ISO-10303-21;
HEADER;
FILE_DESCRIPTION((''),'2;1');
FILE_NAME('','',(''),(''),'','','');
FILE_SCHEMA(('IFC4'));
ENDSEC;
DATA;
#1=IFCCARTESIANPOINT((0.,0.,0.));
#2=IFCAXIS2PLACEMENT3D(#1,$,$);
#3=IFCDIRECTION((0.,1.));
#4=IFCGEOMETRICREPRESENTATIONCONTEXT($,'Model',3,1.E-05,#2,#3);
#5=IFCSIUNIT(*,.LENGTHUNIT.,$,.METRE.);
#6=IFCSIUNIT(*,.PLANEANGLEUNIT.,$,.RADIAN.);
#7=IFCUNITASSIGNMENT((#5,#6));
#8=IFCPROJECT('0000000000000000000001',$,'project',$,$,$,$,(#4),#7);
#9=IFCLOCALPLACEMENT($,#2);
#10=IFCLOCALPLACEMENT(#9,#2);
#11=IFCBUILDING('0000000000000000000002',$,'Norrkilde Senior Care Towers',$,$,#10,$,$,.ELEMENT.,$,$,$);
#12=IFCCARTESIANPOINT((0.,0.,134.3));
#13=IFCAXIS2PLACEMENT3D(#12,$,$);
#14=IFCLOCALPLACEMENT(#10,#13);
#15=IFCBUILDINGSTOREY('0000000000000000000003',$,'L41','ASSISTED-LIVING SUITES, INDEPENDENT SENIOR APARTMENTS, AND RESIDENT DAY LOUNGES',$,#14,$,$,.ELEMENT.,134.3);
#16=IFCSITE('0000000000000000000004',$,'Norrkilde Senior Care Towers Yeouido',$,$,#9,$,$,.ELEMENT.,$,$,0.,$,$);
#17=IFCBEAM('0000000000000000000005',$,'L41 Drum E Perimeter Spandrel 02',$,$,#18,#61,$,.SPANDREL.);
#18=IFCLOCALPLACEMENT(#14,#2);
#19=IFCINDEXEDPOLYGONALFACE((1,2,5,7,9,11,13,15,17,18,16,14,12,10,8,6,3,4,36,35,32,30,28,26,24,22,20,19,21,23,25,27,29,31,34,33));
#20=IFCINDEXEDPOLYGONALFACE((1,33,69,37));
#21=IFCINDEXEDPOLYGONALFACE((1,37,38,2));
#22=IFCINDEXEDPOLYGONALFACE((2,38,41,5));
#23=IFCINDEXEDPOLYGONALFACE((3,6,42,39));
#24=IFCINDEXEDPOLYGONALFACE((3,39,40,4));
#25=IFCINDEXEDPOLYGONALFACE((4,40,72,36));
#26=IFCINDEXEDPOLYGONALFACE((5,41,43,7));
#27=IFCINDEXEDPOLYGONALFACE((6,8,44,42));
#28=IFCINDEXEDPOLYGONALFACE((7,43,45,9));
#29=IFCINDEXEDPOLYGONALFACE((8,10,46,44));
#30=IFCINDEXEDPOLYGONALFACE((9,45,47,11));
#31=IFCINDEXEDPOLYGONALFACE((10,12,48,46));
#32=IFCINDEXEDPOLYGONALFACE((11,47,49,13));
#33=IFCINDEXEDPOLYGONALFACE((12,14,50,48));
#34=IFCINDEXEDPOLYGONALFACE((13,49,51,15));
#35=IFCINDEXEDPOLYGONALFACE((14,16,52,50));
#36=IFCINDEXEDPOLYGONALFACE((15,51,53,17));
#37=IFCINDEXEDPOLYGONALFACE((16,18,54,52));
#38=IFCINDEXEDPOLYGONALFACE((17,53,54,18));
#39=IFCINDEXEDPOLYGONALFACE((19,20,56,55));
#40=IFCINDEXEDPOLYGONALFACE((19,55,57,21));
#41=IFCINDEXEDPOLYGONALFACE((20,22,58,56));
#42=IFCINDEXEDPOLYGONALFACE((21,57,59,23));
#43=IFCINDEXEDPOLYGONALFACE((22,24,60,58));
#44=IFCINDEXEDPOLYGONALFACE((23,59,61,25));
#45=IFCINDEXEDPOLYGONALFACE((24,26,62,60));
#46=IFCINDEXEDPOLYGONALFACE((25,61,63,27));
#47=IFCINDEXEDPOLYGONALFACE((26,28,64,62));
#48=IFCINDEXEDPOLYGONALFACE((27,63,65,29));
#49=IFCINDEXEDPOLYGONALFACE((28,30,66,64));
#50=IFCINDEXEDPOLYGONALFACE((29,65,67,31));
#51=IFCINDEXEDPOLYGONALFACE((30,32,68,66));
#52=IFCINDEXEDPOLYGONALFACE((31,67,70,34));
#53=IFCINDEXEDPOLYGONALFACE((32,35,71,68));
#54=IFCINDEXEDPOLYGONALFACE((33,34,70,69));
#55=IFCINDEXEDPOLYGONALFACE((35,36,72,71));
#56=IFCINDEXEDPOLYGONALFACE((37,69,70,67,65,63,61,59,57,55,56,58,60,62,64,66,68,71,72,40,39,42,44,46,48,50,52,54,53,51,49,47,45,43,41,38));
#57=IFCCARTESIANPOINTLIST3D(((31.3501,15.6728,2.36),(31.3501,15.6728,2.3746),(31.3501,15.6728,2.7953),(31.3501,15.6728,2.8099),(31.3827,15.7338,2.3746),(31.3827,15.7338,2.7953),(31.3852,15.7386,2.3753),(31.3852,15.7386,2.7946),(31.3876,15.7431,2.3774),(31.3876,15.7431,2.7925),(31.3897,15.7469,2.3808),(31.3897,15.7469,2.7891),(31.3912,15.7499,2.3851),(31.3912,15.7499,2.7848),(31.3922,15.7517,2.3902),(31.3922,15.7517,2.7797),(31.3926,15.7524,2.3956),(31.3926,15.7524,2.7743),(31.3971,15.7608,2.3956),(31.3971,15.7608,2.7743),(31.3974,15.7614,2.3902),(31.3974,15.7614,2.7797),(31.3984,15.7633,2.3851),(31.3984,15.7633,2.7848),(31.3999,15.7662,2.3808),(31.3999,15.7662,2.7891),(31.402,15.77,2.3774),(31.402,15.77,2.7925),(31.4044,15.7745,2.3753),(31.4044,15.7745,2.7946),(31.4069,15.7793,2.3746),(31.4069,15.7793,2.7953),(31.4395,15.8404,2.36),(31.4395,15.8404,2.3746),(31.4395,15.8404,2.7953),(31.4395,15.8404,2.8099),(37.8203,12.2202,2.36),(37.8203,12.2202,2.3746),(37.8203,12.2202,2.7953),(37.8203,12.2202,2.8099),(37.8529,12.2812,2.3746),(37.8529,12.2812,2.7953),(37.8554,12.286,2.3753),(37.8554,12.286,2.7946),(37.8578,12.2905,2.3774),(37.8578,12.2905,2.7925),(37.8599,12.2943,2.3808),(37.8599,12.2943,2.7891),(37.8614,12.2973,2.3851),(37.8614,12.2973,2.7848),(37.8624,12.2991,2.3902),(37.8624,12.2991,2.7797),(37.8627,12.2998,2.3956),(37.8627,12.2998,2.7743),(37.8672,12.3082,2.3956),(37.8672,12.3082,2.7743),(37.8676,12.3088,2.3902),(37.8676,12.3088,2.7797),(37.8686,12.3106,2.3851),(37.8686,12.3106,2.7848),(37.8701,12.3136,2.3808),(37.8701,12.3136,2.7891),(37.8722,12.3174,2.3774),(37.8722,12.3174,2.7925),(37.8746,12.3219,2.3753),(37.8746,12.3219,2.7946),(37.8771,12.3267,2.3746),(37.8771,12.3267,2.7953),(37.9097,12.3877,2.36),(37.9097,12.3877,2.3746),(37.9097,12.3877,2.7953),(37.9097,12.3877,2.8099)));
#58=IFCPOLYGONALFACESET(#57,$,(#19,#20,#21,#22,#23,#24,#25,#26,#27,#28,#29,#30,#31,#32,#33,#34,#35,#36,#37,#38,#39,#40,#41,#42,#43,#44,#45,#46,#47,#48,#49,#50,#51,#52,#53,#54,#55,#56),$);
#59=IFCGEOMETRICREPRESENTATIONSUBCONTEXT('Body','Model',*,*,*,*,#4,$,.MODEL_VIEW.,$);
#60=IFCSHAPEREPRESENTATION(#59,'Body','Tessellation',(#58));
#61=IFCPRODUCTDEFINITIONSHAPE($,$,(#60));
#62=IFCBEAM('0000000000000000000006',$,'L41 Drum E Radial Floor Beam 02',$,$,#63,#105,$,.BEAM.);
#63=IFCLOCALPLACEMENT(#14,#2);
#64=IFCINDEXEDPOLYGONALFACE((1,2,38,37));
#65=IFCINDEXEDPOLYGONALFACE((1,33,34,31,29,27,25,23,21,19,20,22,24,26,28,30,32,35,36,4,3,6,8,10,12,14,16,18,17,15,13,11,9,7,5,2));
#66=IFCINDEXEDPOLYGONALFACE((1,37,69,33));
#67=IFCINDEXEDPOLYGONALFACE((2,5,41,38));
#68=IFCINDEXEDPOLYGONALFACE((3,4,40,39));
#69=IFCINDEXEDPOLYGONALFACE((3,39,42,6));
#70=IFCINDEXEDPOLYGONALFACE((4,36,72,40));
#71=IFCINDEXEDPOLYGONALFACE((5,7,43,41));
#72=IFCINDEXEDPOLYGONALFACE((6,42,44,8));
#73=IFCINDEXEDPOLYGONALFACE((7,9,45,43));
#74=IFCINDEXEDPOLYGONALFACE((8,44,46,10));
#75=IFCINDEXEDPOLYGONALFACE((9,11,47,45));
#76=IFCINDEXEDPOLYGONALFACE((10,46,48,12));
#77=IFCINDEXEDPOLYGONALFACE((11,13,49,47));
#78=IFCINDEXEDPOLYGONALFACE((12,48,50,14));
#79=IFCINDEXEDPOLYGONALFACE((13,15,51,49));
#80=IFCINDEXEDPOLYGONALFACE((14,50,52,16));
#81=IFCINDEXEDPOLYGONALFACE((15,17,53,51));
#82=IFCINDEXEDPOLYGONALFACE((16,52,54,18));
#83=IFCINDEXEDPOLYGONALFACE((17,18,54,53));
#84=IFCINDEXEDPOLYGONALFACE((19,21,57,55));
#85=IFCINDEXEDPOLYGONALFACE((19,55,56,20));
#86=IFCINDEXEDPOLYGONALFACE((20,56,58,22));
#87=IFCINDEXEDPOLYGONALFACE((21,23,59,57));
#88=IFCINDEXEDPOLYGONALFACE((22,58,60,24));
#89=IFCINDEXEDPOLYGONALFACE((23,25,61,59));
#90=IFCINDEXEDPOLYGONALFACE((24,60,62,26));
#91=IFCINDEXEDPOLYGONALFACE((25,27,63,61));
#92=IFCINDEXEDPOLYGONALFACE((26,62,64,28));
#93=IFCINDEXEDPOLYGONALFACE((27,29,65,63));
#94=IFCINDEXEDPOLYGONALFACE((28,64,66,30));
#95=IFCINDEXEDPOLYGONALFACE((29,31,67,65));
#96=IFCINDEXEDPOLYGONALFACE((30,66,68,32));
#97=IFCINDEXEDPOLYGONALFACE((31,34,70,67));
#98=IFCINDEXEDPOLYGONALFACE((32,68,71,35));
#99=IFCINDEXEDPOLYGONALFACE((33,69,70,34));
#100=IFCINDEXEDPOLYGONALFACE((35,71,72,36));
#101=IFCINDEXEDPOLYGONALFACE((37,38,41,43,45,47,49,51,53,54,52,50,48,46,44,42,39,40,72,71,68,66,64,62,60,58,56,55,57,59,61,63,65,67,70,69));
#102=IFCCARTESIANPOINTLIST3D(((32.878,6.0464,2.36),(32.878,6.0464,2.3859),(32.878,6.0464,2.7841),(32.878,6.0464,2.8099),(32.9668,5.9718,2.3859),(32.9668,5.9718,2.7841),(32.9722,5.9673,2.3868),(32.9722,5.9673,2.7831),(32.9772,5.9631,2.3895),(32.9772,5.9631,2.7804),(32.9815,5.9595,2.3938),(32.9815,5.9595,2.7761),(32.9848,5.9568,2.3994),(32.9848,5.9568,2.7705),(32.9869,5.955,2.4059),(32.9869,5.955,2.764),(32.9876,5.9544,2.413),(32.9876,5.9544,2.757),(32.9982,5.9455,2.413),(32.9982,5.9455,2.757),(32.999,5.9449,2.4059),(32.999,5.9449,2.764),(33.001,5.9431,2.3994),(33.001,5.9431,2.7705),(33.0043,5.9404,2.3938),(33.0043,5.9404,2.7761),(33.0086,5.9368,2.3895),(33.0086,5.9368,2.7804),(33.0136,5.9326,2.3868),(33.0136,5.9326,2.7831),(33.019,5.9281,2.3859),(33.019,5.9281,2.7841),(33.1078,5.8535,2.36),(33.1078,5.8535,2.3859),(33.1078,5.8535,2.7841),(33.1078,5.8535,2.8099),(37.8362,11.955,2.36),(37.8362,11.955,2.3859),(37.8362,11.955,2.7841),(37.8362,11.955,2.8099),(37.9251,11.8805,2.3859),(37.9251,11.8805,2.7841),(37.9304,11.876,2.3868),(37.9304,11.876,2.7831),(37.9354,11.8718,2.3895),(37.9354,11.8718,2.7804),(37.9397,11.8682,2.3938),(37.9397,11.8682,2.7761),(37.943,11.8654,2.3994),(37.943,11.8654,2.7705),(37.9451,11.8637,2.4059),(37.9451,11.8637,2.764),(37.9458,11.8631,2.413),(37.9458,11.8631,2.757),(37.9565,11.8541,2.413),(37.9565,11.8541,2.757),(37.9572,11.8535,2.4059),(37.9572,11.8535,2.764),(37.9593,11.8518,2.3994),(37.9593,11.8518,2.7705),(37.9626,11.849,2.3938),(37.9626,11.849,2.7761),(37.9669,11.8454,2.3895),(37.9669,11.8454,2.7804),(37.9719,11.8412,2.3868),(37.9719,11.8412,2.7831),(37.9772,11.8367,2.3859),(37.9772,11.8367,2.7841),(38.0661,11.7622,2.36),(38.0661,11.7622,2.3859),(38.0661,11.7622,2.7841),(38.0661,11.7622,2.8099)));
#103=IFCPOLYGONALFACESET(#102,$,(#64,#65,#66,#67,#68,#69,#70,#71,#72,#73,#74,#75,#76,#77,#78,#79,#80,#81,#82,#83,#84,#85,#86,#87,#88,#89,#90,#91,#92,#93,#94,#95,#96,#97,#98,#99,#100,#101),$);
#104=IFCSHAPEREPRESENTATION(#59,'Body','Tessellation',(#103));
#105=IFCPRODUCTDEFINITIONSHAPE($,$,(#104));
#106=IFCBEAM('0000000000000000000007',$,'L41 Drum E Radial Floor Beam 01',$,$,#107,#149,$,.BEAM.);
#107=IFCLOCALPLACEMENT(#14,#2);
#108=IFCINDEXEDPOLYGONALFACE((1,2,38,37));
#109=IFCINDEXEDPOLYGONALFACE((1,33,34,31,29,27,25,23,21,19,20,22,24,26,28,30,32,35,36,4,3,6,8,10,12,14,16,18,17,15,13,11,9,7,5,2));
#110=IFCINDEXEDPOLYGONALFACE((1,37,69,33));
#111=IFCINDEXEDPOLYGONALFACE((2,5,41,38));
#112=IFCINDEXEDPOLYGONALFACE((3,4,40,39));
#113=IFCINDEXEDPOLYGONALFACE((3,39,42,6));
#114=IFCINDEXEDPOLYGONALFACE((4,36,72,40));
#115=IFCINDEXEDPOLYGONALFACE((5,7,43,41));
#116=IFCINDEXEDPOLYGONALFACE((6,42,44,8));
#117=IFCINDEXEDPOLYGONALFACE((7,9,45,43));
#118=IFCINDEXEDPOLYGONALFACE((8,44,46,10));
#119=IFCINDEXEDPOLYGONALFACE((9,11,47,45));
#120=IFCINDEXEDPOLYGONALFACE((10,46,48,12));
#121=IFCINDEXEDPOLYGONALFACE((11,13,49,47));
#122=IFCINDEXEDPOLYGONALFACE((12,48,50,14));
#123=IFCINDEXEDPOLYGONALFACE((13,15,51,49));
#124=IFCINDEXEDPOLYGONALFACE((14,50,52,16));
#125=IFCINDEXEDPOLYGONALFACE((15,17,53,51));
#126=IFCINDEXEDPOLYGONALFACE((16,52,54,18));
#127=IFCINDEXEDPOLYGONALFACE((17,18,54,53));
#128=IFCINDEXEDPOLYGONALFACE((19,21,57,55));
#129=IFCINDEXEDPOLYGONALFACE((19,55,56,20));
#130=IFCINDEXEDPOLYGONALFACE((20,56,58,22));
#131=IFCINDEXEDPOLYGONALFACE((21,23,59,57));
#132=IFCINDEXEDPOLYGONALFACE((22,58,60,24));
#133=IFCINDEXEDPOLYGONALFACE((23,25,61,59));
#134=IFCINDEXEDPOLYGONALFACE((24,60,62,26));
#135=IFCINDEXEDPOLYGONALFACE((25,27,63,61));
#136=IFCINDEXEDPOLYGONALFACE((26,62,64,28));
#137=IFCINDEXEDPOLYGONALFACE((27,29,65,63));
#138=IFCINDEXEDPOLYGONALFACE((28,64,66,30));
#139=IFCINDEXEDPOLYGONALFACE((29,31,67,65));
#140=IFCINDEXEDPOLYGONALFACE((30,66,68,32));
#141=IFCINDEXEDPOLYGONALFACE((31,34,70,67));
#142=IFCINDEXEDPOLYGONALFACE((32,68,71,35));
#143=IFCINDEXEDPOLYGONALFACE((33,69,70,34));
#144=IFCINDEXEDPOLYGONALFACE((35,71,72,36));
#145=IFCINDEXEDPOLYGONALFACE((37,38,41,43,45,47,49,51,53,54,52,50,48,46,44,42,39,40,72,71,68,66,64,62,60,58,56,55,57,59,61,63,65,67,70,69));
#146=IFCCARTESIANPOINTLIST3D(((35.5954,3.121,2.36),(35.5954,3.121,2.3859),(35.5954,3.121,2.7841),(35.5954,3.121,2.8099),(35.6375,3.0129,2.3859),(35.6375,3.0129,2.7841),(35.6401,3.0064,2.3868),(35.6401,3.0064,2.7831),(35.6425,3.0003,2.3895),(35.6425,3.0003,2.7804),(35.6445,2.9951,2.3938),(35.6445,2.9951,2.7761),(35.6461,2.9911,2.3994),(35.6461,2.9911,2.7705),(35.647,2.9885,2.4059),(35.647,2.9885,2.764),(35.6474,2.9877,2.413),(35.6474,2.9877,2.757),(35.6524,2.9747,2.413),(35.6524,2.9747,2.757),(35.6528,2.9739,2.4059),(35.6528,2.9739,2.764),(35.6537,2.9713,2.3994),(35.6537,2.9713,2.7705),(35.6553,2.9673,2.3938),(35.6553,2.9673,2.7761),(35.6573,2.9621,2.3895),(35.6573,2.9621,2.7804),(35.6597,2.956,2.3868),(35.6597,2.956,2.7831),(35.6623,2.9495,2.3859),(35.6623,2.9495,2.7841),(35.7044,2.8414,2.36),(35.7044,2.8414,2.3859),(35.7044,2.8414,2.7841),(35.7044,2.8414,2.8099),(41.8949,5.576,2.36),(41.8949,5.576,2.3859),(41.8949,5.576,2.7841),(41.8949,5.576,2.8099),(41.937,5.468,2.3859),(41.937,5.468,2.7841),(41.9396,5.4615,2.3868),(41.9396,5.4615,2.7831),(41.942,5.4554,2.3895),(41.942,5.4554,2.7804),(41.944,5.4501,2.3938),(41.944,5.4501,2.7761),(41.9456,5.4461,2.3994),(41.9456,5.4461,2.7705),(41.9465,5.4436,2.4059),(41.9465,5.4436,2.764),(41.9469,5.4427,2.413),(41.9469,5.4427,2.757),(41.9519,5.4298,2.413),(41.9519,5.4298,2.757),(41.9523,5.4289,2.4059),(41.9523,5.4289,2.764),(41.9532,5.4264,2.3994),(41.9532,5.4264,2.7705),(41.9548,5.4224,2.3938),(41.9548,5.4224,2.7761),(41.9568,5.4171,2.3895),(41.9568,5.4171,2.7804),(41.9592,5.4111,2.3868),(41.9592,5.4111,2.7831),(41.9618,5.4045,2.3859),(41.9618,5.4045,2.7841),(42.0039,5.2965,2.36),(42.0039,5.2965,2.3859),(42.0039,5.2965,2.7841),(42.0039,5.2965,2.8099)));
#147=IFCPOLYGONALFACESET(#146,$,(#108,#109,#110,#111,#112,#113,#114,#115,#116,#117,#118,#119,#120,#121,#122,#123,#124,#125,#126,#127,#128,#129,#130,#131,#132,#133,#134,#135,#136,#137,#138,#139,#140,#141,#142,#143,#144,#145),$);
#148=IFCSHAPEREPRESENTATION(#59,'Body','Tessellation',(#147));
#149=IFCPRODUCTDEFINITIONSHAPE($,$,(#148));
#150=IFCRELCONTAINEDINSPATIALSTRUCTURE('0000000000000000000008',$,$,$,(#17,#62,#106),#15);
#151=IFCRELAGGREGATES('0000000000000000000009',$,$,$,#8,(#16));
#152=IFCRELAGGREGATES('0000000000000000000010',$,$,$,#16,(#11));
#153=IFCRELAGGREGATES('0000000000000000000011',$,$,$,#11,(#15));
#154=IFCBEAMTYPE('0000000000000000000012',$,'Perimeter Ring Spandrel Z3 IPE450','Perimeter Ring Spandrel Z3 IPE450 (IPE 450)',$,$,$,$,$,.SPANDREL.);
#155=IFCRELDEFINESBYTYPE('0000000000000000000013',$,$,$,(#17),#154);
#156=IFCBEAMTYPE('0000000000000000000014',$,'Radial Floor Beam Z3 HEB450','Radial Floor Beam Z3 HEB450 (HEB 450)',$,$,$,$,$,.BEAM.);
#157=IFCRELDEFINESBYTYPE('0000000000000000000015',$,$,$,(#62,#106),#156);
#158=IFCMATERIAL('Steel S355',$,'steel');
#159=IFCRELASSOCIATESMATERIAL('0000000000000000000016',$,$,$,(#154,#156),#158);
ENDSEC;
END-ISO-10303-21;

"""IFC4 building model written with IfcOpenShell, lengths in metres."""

from ifc_helpers import new_model, si_unit, direction, frame, origin, origin_2d, place, context, subcontext, project, spatial, i_section, extrude, source, transform, mapped, material, material_profile, profile_set, type_object, type_shapes, element, save


model = new_model("IFC4")

# Units and contexts
model_context = context("Model", 3, precision=1e-05, world=origin(), true_north=direction((0.0, 1.0)))
body_context = subcontext(model_context, "Body", "Model", "MODEL_VIEW")
ifc_project = project(units=[si_unit("LENGTHUNIT", "METRE"), si_unit("PLANEANGLEUNIT", "RADIAN")], contexts=[model_context])

# Site, building, storey
site_placement = place(None, origin())
site = spatial("IfcSite", under=ifc_project, at=site_placement, Name="Norrkilde Senior Care Towers Yeouido", CompositionType="ELEMENT", RefElevation=0.0)
building_placement = place(site_placement, origin())
building = spatial("IfcBuilding", under=site, at=building_placement, Name="Norrkilde Senior Care Towers", CompositionType="ELEMENT")
storey_placement = place(building_placement, frame((0.0, 0.0, 134.3)))
storey = spatial("IfcBuildingStorey", under=building, at=storey_placement, Name="L41", Description="ASSISTED-LIVING SUITES, INDEPENDENT SENIOR APARTMENTS, AND RESIDENT DAY LOUNGES", CompositionType="ELEMENT", Elevation=134.3)

# Beams
ifc_material_1 = material(Name="Steel S355", Category="steel")
ifc_material_profile_1 = material_profile(ifc_material_1, i_section(OverallWidth=0.1899, OverallDepth=0.45, WebThickness=0.0095, FlangeThickness=0.0146, FilletRadius=0.021, at=origin_2d()), Name="IPE 450")
ifc_profile_set_1 = profile_set([ifc_material_profile_1], Name="Steel S355")
beam_type_1 = type_object("IfcBeamType", Name="Perimeter Ring Spandrel Z3 IPE450", Description="Perimeter Ring Spandrel Z3 IPE450 (IPE 450)", PredefinedType="SPANDREL", material=ifc_profile_set_1)
shared_shape_1 = source(origin(), body_context, "Body", "SweptSolid", [
    extrude(i_section(OverallWidth=0.1899, OverallDepth=0.45, WebThickness=0.0095, FlangeThickness=0.0146, FilletRadius=0.021, at=origin_2d()), origin(), (0.0, 0.0, 1.0), 7.3337),
])
beam_1_placement = place(storey_placement, frame((37.865, 12.304, 2.585), z_axis=(-0.882248, 0.470785, 0.0), x_axis=(-0.470785, -0.882248, 0.0)))
element("IfcBeam", 1, at=beam_1_placement, inside=storey, type_object=beam_type_1, Name="L41 Drum E Perimeter Spandrel 02", PredefinedType="SPANDREL", context=body_context, shape_type="MappedRepresentation", body=[
    mapped(shared_shape_1, transform((0.0, 0.0, 0.0), x_axis=(1.0, 0.0, 0.0), y_axis=(0.0, 1.0, 0.0), z_axis=(0.0, 0.0, 1.0), scale=1.0)),
])
ifc_material_profile_2 = material_profile(ifc_material_1, i_section(OverallWidth=0.3, OverallDepth=0.45, WebThickness=0.0139, FlangeThickness=0.0259, FilletRadius=0.0271, at=origin_2d()), Name="HEB 450")
ifc_profile_set_2 = profile_set([ifc_material_profile_2], Name="Steel S355")
beam_type_2 = type_object("IfcBeamType", Name="Radial Floor Beam Z3 HEB450", Description="Radial Floor Beam Z3 HEB450 (HEB 450)", PredefinedType="BEAM", material=ifc_profile_set_2)
shared_shape_2 = source(origin(), body_context, "Body", "SweptSolid", [
    extrude(i_section(OverallWidth=0.3, OverallDepth=0.45, WebThickness=0.0139, FlangeThickness=0.0259, FilletRadius=0.0271, at=origin_2d()), origin(), (0.0, 0.0, 1.0), 7.7134),
])
beam_2_placement = place(storey_placement, frame((32.9929, 5.95, 2.585), z_axis=(0.642808, 0.766027, 0.0), x_axis=(-0.766027, 0.642808, 0.0)))
element("IfcBeam", 2, at=beam_2_placement, inside=storey, type_object=beam_type_2, Name="L41 Drum E Radial Floor Beam 02", PredefinedType="BEAM", context=body_context, shape_type="MappedRepresentation", body=[
    mapped(shared_shape_2, transform((0.0, 0.0, 0.0), x_axis=(1.0, 0.0, 0.0), y_axis=(0.0, 1.0, 0.0), z_axis=(0.0, 0.0, 1.0), scale=1.0)),
])
shared_shape_3 = source(origin(), body_context, "Body", "SweptSolid", [
    extrude(i_section(OverallWidth=0.3, OverallDepth=0.45, WebThickness=0.0139, FlangeThickness=0.0259, FilletRadius=0.0271, at=origin_2d()), origin(), (0.0, 0.0, 1.0), 6.761),
])
type_shapes(beam_type_2, [shared_shape_2, shared_shape_3])
beam_3_placement = place(storey_placement, frame((35.6499, 2.9812, 2.585), z_axis=(0.931742, 0.363121, 0.0), x_axis=(-0.363121, 0.931742, 0.0)))
element("IfcBeam", 3, at=beam_3_placement, inside=storey, type_object=beam_type_2, Name="L41 Drum E Radial Floor Beam 01", PredefinedType="BEAM", context=body_context, shape_type="MappedRepresentation", body=[
    mapped(shared_shape_3, transform((0.0, 0.0, 0.0), x_axis=(1.0, 0.0, 0.0), y_axis=(0.0, 1.0, 0.0), z_axis=(0.0, 0.0, 1.0), scale=1.0)),
])

save(model, "model.ifc")
